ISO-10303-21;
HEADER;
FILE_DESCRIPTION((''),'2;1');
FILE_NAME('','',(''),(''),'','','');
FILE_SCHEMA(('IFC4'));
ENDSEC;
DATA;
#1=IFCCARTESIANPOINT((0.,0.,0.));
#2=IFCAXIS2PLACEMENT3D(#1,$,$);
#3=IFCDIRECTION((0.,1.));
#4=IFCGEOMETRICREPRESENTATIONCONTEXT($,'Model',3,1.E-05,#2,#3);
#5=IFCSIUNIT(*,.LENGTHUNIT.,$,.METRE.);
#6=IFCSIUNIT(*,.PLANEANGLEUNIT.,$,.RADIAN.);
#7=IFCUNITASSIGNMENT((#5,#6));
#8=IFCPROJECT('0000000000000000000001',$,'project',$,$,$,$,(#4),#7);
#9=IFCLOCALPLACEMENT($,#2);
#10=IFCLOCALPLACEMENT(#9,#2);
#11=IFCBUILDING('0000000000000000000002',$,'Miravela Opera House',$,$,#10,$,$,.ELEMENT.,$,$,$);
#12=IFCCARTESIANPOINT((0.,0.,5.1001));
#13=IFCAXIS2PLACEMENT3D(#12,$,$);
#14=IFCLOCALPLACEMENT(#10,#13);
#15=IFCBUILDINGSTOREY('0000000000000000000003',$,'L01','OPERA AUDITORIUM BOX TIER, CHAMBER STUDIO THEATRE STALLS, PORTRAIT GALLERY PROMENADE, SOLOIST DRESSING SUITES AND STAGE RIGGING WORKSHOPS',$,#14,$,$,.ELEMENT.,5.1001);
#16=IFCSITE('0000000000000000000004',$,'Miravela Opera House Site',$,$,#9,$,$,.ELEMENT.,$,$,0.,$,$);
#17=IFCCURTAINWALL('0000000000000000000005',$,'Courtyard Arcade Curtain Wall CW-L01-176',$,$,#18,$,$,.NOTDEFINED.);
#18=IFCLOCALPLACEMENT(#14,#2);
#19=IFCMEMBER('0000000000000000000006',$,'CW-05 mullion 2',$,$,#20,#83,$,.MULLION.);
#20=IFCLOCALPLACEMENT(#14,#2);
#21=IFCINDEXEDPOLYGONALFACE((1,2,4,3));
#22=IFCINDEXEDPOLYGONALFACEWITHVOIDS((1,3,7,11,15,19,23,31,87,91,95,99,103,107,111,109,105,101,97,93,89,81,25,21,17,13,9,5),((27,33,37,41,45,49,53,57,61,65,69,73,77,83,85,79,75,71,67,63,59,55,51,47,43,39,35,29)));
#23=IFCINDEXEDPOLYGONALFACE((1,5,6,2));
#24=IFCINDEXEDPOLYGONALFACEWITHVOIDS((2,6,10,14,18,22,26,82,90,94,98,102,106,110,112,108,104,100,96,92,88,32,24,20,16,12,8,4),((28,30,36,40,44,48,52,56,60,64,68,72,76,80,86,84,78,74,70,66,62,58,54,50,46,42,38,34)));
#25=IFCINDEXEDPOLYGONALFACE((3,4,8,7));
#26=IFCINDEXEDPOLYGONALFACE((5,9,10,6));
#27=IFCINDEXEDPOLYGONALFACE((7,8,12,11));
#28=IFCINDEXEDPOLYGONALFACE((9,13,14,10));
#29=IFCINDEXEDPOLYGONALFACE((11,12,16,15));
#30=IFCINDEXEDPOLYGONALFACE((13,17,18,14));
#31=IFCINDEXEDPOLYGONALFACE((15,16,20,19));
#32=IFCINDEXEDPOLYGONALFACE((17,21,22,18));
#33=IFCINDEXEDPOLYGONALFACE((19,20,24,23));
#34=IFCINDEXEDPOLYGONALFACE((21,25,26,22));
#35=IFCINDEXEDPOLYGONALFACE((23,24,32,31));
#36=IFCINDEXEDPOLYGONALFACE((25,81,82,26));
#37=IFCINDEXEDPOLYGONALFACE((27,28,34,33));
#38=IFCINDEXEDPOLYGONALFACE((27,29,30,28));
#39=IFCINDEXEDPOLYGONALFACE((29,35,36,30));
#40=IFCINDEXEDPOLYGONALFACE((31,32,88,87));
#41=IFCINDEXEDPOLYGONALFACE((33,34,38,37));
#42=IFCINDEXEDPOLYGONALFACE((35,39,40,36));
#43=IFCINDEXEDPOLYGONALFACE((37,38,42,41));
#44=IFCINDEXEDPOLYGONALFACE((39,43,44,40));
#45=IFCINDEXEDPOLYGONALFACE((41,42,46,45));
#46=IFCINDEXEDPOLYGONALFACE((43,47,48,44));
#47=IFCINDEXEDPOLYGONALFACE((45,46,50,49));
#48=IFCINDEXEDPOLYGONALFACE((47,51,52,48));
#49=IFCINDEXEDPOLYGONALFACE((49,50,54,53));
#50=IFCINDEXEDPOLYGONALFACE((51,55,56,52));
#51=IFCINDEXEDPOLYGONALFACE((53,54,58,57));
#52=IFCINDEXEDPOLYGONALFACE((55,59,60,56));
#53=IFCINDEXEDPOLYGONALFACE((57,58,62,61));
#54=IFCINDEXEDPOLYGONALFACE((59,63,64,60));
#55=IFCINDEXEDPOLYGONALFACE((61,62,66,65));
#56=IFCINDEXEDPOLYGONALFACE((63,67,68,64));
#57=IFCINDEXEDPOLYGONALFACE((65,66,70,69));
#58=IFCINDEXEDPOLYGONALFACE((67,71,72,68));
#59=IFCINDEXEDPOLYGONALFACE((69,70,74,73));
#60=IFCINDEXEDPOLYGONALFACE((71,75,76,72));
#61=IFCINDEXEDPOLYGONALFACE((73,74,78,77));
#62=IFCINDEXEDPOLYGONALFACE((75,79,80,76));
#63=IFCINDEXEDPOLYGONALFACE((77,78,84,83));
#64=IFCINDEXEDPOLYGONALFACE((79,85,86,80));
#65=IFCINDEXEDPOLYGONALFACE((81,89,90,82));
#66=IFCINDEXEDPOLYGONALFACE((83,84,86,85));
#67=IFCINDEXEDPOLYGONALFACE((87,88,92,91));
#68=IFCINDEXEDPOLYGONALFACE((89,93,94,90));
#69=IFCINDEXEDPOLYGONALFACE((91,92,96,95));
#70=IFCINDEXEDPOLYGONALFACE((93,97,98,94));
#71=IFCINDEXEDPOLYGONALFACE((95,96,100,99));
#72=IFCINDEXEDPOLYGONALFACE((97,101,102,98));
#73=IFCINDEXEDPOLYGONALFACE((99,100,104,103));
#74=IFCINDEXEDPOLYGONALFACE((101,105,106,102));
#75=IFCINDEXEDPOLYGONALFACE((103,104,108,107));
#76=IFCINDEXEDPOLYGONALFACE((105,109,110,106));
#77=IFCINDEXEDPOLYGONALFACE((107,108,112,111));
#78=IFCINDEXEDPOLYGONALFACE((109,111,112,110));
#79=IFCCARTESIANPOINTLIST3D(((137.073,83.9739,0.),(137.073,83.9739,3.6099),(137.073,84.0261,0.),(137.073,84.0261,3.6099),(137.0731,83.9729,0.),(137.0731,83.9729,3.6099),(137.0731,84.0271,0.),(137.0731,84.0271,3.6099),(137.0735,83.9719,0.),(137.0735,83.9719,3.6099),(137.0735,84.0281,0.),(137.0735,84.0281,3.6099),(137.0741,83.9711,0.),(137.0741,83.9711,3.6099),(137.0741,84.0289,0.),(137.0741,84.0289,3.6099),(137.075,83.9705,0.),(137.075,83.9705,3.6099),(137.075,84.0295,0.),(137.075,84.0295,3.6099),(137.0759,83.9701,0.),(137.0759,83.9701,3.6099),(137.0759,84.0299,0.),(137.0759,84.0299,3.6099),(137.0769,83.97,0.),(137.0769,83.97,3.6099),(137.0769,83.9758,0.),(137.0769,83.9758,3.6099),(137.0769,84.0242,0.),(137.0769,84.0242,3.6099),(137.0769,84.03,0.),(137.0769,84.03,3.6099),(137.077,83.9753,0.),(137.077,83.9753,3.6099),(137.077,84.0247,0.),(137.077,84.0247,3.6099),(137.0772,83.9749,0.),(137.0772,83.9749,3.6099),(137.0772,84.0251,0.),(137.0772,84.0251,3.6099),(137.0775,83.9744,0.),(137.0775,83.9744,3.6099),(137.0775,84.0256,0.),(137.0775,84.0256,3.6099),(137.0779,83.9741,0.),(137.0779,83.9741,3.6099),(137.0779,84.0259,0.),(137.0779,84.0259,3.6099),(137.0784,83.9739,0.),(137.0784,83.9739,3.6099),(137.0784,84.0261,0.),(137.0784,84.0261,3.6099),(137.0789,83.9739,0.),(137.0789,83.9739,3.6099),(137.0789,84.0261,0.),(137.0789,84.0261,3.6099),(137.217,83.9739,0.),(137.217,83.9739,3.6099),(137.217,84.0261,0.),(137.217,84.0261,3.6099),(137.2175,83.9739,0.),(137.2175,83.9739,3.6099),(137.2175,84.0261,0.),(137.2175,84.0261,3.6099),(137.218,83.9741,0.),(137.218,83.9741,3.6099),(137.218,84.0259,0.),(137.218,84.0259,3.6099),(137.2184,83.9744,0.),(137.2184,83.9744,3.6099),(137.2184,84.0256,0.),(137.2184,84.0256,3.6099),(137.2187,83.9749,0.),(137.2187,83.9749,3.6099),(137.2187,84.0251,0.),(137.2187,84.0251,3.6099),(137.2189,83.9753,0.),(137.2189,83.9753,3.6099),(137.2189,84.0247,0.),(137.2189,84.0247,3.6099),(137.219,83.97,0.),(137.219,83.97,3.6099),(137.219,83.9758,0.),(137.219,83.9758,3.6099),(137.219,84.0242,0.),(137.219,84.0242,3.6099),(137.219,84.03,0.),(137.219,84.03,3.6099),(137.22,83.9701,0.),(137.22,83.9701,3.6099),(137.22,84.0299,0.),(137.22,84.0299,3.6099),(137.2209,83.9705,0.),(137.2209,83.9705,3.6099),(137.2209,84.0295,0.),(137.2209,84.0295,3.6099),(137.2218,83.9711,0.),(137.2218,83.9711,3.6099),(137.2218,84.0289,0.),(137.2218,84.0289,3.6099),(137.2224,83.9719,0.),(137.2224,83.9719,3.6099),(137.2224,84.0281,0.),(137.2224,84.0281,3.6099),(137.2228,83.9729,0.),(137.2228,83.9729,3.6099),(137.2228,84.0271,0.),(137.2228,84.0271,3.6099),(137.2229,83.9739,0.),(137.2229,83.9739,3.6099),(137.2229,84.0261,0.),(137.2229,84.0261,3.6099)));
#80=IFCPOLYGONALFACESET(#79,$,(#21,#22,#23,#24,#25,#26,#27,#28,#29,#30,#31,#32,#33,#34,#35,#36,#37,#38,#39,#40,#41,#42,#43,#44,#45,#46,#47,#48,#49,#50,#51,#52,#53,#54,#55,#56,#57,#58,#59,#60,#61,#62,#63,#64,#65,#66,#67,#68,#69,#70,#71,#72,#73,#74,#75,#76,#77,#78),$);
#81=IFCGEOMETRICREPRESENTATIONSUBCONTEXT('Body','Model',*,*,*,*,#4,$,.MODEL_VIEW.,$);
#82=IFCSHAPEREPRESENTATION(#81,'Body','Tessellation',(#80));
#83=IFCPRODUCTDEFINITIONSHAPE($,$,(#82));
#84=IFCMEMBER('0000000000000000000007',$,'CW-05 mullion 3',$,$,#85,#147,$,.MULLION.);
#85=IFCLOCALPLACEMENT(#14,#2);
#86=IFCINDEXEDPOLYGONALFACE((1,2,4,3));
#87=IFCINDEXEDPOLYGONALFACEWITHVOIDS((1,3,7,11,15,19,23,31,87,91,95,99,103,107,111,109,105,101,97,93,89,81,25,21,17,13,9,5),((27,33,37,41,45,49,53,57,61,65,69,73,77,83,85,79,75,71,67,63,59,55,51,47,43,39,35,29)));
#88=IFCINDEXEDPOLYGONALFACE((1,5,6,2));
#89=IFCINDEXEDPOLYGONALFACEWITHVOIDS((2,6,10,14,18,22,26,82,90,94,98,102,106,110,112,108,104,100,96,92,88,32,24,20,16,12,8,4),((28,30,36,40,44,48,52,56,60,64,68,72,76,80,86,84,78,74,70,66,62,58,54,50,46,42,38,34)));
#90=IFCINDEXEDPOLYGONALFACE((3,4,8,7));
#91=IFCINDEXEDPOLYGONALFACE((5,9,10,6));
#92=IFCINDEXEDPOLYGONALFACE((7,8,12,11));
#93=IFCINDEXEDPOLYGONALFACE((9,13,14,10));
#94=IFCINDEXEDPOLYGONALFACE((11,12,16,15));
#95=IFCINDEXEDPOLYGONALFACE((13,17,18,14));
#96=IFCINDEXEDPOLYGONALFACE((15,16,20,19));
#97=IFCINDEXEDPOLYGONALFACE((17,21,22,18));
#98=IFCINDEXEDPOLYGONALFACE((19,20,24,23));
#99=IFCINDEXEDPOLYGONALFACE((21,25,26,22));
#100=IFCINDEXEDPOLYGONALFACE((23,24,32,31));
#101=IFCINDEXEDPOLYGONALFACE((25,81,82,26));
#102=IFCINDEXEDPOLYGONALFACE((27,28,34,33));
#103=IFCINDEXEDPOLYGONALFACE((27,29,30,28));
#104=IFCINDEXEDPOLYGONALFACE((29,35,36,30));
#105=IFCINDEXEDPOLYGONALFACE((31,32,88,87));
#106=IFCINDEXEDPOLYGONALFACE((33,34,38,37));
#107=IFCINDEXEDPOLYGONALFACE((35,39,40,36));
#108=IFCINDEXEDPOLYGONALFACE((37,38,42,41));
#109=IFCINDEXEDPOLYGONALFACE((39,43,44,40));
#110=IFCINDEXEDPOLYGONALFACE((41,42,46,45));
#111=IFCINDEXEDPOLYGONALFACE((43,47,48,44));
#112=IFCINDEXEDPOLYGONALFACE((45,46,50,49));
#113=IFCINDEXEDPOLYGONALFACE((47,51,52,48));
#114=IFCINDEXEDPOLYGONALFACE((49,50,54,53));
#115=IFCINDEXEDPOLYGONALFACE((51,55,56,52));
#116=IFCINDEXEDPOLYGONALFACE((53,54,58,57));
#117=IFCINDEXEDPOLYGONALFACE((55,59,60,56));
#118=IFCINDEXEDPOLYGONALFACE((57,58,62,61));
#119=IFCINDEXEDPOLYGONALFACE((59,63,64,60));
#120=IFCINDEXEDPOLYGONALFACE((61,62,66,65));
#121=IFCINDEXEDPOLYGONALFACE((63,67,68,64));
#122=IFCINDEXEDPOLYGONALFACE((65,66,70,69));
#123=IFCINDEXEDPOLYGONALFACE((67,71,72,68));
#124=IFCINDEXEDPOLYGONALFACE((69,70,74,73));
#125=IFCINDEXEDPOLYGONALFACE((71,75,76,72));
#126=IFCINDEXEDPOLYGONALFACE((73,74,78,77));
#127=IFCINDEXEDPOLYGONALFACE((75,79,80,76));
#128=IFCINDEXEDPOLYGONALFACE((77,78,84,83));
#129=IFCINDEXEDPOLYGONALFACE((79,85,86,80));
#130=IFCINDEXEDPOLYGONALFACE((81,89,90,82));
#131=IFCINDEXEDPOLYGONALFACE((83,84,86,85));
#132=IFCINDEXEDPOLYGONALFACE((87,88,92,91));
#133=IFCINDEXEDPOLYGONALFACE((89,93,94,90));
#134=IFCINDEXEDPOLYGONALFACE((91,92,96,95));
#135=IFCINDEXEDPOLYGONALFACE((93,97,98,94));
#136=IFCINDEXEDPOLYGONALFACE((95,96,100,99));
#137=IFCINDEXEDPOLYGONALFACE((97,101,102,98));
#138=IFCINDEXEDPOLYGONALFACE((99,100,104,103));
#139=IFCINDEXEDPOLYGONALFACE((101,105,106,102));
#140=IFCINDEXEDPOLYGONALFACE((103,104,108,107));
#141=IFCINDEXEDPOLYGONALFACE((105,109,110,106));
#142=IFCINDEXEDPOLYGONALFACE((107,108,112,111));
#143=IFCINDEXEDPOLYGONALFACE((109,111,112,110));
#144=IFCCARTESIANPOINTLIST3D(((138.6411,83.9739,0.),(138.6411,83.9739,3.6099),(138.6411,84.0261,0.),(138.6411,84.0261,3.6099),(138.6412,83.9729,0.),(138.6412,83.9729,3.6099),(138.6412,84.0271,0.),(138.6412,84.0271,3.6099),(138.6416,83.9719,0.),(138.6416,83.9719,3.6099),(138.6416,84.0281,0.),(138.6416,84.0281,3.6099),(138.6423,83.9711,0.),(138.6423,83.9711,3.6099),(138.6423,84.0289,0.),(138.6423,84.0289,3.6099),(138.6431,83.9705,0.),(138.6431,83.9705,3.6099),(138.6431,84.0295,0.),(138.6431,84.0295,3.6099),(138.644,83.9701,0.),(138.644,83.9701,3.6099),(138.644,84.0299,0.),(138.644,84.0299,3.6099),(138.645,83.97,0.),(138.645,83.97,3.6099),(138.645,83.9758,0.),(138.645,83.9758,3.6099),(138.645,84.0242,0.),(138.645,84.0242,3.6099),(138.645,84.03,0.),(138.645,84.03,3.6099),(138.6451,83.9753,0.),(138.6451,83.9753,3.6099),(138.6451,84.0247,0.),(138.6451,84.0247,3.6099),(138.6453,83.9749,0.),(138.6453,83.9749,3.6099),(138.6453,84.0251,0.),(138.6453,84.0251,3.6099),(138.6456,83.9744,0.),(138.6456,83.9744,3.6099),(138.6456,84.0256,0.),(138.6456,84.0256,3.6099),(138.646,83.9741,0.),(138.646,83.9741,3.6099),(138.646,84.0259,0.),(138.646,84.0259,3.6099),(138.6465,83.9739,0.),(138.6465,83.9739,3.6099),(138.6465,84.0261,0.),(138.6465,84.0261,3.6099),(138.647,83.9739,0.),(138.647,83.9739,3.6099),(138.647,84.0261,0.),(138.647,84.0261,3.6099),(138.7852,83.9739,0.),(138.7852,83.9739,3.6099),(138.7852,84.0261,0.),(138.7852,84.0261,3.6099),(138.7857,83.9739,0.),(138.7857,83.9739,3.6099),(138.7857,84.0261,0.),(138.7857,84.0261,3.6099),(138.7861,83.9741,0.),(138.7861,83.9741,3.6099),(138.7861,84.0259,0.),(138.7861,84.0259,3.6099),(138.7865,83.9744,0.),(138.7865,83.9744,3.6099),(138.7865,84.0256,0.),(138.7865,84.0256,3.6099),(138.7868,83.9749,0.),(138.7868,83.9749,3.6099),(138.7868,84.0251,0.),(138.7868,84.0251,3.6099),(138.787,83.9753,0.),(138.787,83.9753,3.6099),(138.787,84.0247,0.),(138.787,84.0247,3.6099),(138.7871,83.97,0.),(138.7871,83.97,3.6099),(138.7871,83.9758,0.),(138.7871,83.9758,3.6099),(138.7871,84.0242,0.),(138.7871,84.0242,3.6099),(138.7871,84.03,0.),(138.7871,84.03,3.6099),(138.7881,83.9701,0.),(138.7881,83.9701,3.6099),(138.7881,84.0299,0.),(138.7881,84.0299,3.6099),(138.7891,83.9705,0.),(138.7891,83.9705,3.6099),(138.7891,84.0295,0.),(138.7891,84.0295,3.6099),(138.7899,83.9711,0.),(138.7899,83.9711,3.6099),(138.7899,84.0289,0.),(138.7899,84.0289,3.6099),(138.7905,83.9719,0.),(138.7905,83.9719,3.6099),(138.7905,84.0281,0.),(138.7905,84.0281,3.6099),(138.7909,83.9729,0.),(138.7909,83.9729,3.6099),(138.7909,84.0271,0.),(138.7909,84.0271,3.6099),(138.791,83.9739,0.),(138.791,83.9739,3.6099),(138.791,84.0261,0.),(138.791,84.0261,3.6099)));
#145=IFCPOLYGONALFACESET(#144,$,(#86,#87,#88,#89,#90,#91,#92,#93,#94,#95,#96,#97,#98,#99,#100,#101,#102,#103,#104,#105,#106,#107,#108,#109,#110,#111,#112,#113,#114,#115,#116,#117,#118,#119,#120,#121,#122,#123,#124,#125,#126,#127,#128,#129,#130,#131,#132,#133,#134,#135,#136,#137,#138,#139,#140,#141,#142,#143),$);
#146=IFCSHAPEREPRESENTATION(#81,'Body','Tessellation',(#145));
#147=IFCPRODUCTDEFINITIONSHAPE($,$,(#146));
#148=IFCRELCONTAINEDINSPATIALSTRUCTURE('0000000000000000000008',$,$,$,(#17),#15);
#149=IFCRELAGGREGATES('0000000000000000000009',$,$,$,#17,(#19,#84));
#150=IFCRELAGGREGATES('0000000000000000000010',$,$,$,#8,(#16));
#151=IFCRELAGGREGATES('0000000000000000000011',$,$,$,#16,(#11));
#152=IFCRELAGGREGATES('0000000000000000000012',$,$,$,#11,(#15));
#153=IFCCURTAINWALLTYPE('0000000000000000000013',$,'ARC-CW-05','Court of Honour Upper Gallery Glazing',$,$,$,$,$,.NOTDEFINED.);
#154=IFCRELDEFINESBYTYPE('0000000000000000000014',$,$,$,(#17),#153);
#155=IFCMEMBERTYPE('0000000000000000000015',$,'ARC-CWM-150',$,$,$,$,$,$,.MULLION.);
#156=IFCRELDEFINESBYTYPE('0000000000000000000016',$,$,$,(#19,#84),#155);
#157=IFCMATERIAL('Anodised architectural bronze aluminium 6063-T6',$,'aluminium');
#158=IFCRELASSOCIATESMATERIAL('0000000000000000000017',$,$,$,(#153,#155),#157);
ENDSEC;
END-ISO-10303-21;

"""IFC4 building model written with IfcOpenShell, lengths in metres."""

from ifc_helpers import new_model, si_unit, direction, frame, origin, origin_2d, place, context, subcontext, project, spatial, hollow_rectangle, extrude, material, material_profile, profile_set, type_object, element, aggregate, save


model = new_model("IFC4")

# Units and contexts
model_context = context("Model", 3, precision=1e-05, world=origin(), true_north=direction((0.0, 1.0)))
body_context = subcontext(model_context, "Body", "Model", "MODEL_VIEW")
ifc_project = project(units=[si_unit("LENGTHUNIT", "METRE"), si_unit("PLANEANGLEUNIT", "RADIAN")], contexts=[model_context])

# Site, building, storey
site_placement = place(None, origin())
site = spatial("IfcSite", under=ifc_project, at=site_placement, Name="Miravela Opera House Site", CompositionType="ELEMENT", RefElevation=0.0)
building_placement = place(site_placement, origin())
building = spatial("IfcBuilding", under=site, at=building_placement, Name="Miravela Opera House", CompositionType="ELEMENT")
storey_placement = place(building_placement, frame((0.0, 0.0, 5.1001)))
storey = spatial("IfcBuildingStorey", under=building, at=storey_placement, Name="L01", Description="OPERA AUDITORIUM BOX TIER, CHAMBER STUDIO THEATRE STALLS, PORTRAIT GALLERY PROMENADE, SOLOIST DRESSING SUITES AND STAGE RIGGING WORKSHOPS", CompositionType="ELEMENT", Elevation=5.1001)

# Curtain wall, members
ifc_material_1 = material(Name="Anodised architectural bronze aluminium 6063-T6", Category="aluminium")
curtain_wall_type = type_object("IfcCurtainWallType", Name="ARC-CW-05", Description="Court of Honour Upper Gallery Glazing", PredefinedType="NOTDEFINED", material=ifc_material_1)
curtain_wall_placement = place(storey_placement, origin())
curtain_wall = element("IfcCurtainWall", 1, at=curtain_wall_placement, inside=storey, type_object=curtain_wall_type, Name="Courtyard Arcade Curtain Wall CW-L01-176", PredefinedType="NOTDEFINED")
ifc_material_profile_1 = material_profile(ifc_material_1, hollow_rectangle(XDim=0.0601, YDim=0.1499, WallThickness=0.0039, InnerFilletRadius=0.002, OuterFilletRadius=0.0039, at=origin_2d()), Name="CWM-60X150")
ifc_profile_set_1 = profile_set([ifc_material_profile_1])
member_type_1 = type_object("IfcMemberType", Name="ARC-CWM-150", PredefinedType="MULLION", material=ifc_profile_set_1)
member_1_placement = place(storey_placement, frame((137.1479, 84.0, 0.0), z_axis=(0.0, 0.0, 1.0), x_axis=(0.0, 1.0, 0.0)))
member_1 = element("IfcMember", 2, at=member_1_placement, type_object=member_type_1, Name="CW-05 mullion 2", PredefinedType="MULLION", context=body_context, shape_type="SweptSolid", body=[
    extrude(hollow_rectangle(XDim=0.0601, YDim=0.1499, WallThickness=0.0039, InnerFilletRadius=0.002, OuterFilletRadius=0.0039, at=origin_2d()), origin(), (0.0, 0.0, 1.0), 3.6099),
])
member_2_placement = place(storey_placement, frame((138.7161, 84.0, 0.0), z_axis=(0.0, 0.0, 1.0), x_axis=(0.0, 1.0, 0.0)))
member_2 = element("IfcMember", 3, at=member_2_placement, type_object=member_type_1, Name="CW-05 mullion 3", PredefinedType="MULLION", context=body_context, shape_type="SweptSolid", body=[
    extrude(hollow_rectangle(XDim=0.0601, YDim=0.1499, WallThickness=0.0039, InnerFilletRadius=0.002, OuterFilletRadius=0.0039, at=origin_2d()), origin(), (0.0, 0.0, 1.0), 3.6099),
])
aggregate(curtain_wall, [member_1, member_2])

save(model, "model.ifc")
